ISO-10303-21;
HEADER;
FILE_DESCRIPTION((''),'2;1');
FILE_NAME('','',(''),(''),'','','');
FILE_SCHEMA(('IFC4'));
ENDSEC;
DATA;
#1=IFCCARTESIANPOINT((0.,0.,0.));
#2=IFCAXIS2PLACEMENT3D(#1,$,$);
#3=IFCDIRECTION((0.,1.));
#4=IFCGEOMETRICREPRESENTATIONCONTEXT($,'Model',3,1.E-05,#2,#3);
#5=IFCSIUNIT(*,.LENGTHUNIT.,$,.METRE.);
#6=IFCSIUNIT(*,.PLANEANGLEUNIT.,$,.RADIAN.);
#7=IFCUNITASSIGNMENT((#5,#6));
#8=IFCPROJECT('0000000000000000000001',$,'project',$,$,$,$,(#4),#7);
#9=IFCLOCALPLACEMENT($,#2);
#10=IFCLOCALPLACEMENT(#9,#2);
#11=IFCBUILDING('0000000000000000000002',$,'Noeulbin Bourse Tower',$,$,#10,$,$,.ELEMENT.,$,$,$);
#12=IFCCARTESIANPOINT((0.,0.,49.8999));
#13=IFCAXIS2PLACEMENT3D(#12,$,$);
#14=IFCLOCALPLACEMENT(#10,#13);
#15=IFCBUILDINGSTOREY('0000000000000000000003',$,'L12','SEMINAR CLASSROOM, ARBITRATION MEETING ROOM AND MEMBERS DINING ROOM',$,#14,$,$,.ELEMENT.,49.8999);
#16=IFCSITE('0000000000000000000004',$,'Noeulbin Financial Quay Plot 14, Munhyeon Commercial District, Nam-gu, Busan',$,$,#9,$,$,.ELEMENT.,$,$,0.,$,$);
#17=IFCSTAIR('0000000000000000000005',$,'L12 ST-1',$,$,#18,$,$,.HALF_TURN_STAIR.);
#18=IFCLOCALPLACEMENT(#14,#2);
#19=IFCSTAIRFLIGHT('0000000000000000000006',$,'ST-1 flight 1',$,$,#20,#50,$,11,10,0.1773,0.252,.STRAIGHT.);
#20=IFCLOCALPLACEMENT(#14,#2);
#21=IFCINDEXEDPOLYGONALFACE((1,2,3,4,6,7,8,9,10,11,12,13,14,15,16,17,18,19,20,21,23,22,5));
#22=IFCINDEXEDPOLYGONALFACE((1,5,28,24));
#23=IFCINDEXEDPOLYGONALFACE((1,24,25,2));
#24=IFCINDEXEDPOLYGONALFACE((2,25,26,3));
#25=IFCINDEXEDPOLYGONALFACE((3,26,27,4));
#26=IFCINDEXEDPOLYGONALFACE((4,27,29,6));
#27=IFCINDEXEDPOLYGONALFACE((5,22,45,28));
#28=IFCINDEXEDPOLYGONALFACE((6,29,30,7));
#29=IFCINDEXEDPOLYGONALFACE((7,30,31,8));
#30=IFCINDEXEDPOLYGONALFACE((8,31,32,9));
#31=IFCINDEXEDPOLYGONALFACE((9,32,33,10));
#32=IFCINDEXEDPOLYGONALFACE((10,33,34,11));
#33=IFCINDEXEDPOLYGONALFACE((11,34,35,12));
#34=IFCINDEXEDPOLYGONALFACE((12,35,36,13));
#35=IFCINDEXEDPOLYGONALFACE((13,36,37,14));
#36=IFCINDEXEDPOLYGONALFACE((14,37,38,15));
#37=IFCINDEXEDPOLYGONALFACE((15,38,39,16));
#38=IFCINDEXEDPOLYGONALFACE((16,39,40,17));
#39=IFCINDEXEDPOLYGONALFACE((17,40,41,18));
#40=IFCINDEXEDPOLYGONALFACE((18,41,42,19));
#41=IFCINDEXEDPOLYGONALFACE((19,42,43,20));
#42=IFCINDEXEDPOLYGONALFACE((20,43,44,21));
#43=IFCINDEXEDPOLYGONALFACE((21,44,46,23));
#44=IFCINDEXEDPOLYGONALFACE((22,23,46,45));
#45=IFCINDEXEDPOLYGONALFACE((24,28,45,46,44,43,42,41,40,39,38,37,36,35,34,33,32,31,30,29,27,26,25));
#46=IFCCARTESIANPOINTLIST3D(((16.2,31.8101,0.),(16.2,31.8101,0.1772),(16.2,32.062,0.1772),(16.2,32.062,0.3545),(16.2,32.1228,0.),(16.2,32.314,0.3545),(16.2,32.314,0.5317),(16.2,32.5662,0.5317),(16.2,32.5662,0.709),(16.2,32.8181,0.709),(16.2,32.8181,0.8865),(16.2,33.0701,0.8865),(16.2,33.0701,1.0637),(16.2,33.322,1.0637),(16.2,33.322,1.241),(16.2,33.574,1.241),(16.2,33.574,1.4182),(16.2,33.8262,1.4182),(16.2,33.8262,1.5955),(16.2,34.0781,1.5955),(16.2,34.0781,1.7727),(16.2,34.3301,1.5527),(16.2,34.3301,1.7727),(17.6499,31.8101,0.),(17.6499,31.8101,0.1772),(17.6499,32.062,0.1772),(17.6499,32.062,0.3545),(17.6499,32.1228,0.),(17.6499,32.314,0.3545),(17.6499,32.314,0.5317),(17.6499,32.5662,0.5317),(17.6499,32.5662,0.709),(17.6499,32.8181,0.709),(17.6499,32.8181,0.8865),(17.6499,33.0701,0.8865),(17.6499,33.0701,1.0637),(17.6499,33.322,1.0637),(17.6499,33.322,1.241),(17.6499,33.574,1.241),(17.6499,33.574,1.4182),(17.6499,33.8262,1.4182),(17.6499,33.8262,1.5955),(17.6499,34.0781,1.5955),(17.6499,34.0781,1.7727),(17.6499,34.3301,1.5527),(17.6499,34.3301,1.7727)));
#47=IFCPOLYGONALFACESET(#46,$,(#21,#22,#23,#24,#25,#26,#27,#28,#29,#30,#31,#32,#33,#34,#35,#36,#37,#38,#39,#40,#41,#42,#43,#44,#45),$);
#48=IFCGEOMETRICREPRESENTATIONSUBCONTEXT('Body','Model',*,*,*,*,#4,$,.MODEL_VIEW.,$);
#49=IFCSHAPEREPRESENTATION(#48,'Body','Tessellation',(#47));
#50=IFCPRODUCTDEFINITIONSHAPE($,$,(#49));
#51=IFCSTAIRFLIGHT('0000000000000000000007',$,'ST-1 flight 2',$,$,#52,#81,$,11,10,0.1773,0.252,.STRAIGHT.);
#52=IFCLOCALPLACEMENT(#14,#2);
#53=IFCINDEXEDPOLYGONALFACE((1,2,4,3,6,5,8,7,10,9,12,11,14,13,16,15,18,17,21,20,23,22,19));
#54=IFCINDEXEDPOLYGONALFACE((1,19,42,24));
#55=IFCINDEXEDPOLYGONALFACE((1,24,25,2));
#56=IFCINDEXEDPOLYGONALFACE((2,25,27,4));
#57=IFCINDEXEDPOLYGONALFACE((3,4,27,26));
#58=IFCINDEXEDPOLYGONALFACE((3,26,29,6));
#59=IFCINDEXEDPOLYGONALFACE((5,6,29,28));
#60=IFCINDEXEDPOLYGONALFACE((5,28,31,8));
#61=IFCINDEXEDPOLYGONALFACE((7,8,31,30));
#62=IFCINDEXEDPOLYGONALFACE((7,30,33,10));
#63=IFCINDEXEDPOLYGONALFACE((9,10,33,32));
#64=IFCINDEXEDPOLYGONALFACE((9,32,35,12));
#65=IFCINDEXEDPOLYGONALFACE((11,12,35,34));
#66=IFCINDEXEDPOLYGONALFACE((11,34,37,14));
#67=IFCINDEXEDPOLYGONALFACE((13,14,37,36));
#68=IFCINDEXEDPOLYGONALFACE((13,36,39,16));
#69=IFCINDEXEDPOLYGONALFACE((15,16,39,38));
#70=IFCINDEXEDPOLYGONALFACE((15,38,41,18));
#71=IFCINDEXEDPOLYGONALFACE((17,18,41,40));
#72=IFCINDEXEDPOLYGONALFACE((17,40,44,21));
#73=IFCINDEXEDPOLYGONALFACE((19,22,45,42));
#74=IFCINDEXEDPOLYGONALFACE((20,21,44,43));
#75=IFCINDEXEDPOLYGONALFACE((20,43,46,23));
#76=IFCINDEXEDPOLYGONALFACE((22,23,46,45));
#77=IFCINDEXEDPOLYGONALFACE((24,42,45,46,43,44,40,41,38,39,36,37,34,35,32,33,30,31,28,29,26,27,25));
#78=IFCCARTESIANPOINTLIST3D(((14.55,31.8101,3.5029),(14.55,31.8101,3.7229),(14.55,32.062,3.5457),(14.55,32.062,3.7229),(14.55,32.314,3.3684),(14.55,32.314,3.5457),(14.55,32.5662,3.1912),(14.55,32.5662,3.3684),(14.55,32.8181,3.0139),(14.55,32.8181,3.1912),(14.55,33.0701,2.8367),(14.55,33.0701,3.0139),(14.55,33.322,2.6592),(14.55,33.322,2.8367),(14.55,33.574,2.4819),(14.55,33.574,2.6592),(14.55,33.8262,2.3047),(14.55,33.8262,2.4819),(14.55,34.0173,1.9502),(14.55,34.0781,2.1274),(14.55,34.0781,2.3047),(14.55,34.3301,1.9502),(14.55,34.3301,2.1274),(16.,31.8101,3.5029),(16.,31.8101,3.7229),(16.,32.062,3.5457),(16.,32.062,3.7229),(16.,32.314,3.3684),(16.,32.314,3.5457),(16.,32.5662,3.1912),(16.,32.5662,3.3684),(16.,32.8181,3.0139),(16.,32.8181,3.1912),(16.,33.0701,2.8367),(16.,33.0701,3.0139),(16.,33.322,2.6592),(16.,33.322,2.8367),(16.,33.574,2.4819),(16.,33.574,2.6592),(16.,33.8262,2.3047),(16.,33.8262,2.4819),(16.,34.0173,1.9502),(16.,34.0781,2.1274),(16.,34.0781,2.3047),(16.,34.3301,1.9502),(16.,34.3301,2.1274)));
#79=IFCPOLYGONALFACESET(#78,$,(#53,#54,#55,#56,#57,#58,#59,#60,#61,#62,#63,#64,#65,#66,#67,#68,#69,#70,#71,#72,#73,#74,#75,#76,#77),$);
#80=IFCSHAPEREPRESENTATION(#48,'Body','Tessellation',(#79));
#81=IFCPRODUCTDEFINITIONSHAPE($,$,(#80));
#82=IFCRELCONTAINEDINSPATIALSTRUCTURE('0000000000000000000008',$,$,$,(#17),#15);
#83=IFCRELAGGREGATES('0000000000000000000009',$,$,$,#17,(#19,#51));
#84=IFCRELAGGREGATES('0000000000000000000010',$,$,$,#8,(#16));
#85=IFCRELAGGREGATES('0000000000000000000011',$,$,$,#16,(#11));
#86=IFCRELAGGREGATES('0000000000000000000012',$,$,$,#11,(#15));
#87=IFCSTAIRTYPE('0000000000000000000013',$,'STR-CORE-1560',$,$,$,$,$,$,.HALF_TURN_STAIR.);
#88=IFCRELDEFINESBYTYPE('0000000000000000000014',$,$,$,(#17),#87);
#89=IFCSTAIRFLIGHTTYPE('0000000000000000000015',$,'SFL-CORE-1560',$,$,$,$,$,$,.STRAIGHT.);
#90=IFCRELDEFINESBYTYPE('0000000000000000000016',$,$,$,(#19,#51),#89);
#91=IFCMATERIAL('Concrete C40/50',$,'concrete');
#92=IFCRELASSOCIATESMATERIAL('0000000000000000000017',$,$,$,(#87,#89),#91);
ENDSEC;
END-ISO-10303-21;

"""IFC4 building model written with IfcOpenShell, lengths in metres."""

from ifc_helpers import new_model, si_unit, direction, frame, origin, place, context, subcontext, project, spatial, polyline, outline, extrude, material, type_object, element, aggregate, save


model = new_model("IFC4")

# Units and contexts
model_context = context("Model", 3, precision=1e-05, world=origin(), true_north=direction((0.0, 1.0)))
body_context = subcontext(model_context, "Body", "Model", "MODEL_VIEW")
ifc_project = project(units=[si_unit("LENGTHUNIT", "METRE"), si_unit("PLANEANGLEUNIT", "RADIAN")], contexts=[model_context])

# Site, building, storey
site_placement = place(None, origin())
site = spatial("IfcSite", under=ifc_project, at=site_placement, Name="Noeulbin Financial Quay Plot 14, Munhyeon Commercial District, Nam-gu, Busan", CompositionType="ELEMENT", RefElevation=0.0)
building_placement = place(site_placement, origin())
building = spatial("IfcBuilding", under=site, at=building_placement, Name="Noeulbin Bourse Tower", CompositionType="ELEMENT")
storey_placement = place(building_placement, frame((0.0, 0.0, 49.8999)))
storey = spatial("IfcBuildingStorey", under=building, at=storey_placement, Name="L12", Description="SEMINAR CLASSROOM, ARBITRATION MEETING ROOM AND MEMBERS DINING ROOM", CompositionType="ELEMENT", Elevation=49.8999)

# Shared definitions
ifc_material_1 = material(Name="Concrete C40/50", Category="concrete")

# Stair, stair flights
stair_type = type_object("IfcStairType", Name="STR-CORE-1560", PredefinedType="HALF_TURN_STAIR", material=ifc_material_1)
stair_placement = place(storey_placement, origin())
stair = element("IfcStair", 1, at=stair_placement, inside=storey, type_object=stair_type, Name="L12 ST-1", PredefinedType="HALF_TURN_STAIR")
stair_flight_type = type_object("IfcStairFlightType", Name="SFL-CORE-1560", PredefinedType="STRAIGHT", material=ifc_material_1)
stair_flight_1_placement = place(storey_placement, frame((16.925, 31.8101, 0.0), z_axis=(0.0, 0.0, 1.0), x_axis=(0.0, 1.0, 0.0)))
stair_flight_1 = element("IfcStairFlight", 2, at=stair_flight_1_placement, type_object=stair_flight_type, Name="ST-1 flight 1", NumberOfRisers=11, NumberOfTreads=10, PredefinedType="STRAIGHT", RiserHeight=0.1773, TreadLength=0.252, context=body_context, shape_type="SweptSolid", body=[
    extrude(outline(polyline([(0.0, 0.0), (0.0, 0.1772), (0.252, 0.1772), (0.252, 0.3545), (0.5039, 0.3545), (0.5039, 0.5317), (0.7561, 0.5317), (0.7561, 0.709), (1.0081, 0.709), (1.0081, 0.8865), (1.26, 0.8865), (1.26, 1.0637), (1.512, 1.0637), (1.512, 1.241), (1.7639, 1.241), (1.7639, 1.4182), (2.0161, 1.4182), (2.0161, 1.5955), (2.2681, 1.5955), (2.2681, 1.7727), (2.52, 1.7727), (2.52, 1.95), (2.52, 1.5527), (0.3127, 0.0), (0.0, 0.0)])), frame((0.0, 0.7251, 0.0), z_axis=(0.0, -1.0, 0.0), x_axis=(1.0, 0.0, 0.0)), (0.0, 0.0, 1.0), 1.45),
])
stair_flight_2_placement = place(storey_placement, frame((15.2749, 34.3301, 1.9502), z_axis=(0.0, 0.0, 1.0), x_axis=(0.0, -1.0, 0.0)))
stair_flight_2 = element("IfcStairFlight", 3, at=stair_flight_2_placement, type_object=stair_flight_type, Name="ST-1 flight 2", NumberOfRisers=11, NumberOfTreads=10, PredefinedType="STRAIGHT", RiserHeight=0.1773, TreadLength=0.252, context=body_context, shape_type="SweptSolid", body=[
    extrude(outline(polyline([(0.0, 0.0), (0.0, 0.1772), (0.252, 0.1772), (0.252, 0.3545), (0.5039, 0.3545), (0.5039, 0.5317), (0.7561, 0.5317), (0.7561, 0.709), (1.0081, 0.709), (1.0081, 0.8865), (1.26, 0.8865), (1.26, 1.0637), (1.512, 1.0637), (1.512, 1.241), (1.7639, 1.241), (1.7639, 1.4182), (2.0161, 1.4182), (2.0161, 1.5955), (2.2681, 1.5955), (2.2681, 1.7727), (2.52, 1.7727), (2.52, 1.95), (2.52, 1.5527), (0.3127, 0.0), (0.0, 0.0)])), frame((0.0, 0.7251, 0.0), z_axis=(0.0, -1.0, 0.0), x_axis=(1.0, 0.0, 0.0)), (0.0, 0.0, 1.0), 1.45),
])
aggregate(stair, [stair_flight_1, stair_flight_2])

save(model, "model.ifc")
